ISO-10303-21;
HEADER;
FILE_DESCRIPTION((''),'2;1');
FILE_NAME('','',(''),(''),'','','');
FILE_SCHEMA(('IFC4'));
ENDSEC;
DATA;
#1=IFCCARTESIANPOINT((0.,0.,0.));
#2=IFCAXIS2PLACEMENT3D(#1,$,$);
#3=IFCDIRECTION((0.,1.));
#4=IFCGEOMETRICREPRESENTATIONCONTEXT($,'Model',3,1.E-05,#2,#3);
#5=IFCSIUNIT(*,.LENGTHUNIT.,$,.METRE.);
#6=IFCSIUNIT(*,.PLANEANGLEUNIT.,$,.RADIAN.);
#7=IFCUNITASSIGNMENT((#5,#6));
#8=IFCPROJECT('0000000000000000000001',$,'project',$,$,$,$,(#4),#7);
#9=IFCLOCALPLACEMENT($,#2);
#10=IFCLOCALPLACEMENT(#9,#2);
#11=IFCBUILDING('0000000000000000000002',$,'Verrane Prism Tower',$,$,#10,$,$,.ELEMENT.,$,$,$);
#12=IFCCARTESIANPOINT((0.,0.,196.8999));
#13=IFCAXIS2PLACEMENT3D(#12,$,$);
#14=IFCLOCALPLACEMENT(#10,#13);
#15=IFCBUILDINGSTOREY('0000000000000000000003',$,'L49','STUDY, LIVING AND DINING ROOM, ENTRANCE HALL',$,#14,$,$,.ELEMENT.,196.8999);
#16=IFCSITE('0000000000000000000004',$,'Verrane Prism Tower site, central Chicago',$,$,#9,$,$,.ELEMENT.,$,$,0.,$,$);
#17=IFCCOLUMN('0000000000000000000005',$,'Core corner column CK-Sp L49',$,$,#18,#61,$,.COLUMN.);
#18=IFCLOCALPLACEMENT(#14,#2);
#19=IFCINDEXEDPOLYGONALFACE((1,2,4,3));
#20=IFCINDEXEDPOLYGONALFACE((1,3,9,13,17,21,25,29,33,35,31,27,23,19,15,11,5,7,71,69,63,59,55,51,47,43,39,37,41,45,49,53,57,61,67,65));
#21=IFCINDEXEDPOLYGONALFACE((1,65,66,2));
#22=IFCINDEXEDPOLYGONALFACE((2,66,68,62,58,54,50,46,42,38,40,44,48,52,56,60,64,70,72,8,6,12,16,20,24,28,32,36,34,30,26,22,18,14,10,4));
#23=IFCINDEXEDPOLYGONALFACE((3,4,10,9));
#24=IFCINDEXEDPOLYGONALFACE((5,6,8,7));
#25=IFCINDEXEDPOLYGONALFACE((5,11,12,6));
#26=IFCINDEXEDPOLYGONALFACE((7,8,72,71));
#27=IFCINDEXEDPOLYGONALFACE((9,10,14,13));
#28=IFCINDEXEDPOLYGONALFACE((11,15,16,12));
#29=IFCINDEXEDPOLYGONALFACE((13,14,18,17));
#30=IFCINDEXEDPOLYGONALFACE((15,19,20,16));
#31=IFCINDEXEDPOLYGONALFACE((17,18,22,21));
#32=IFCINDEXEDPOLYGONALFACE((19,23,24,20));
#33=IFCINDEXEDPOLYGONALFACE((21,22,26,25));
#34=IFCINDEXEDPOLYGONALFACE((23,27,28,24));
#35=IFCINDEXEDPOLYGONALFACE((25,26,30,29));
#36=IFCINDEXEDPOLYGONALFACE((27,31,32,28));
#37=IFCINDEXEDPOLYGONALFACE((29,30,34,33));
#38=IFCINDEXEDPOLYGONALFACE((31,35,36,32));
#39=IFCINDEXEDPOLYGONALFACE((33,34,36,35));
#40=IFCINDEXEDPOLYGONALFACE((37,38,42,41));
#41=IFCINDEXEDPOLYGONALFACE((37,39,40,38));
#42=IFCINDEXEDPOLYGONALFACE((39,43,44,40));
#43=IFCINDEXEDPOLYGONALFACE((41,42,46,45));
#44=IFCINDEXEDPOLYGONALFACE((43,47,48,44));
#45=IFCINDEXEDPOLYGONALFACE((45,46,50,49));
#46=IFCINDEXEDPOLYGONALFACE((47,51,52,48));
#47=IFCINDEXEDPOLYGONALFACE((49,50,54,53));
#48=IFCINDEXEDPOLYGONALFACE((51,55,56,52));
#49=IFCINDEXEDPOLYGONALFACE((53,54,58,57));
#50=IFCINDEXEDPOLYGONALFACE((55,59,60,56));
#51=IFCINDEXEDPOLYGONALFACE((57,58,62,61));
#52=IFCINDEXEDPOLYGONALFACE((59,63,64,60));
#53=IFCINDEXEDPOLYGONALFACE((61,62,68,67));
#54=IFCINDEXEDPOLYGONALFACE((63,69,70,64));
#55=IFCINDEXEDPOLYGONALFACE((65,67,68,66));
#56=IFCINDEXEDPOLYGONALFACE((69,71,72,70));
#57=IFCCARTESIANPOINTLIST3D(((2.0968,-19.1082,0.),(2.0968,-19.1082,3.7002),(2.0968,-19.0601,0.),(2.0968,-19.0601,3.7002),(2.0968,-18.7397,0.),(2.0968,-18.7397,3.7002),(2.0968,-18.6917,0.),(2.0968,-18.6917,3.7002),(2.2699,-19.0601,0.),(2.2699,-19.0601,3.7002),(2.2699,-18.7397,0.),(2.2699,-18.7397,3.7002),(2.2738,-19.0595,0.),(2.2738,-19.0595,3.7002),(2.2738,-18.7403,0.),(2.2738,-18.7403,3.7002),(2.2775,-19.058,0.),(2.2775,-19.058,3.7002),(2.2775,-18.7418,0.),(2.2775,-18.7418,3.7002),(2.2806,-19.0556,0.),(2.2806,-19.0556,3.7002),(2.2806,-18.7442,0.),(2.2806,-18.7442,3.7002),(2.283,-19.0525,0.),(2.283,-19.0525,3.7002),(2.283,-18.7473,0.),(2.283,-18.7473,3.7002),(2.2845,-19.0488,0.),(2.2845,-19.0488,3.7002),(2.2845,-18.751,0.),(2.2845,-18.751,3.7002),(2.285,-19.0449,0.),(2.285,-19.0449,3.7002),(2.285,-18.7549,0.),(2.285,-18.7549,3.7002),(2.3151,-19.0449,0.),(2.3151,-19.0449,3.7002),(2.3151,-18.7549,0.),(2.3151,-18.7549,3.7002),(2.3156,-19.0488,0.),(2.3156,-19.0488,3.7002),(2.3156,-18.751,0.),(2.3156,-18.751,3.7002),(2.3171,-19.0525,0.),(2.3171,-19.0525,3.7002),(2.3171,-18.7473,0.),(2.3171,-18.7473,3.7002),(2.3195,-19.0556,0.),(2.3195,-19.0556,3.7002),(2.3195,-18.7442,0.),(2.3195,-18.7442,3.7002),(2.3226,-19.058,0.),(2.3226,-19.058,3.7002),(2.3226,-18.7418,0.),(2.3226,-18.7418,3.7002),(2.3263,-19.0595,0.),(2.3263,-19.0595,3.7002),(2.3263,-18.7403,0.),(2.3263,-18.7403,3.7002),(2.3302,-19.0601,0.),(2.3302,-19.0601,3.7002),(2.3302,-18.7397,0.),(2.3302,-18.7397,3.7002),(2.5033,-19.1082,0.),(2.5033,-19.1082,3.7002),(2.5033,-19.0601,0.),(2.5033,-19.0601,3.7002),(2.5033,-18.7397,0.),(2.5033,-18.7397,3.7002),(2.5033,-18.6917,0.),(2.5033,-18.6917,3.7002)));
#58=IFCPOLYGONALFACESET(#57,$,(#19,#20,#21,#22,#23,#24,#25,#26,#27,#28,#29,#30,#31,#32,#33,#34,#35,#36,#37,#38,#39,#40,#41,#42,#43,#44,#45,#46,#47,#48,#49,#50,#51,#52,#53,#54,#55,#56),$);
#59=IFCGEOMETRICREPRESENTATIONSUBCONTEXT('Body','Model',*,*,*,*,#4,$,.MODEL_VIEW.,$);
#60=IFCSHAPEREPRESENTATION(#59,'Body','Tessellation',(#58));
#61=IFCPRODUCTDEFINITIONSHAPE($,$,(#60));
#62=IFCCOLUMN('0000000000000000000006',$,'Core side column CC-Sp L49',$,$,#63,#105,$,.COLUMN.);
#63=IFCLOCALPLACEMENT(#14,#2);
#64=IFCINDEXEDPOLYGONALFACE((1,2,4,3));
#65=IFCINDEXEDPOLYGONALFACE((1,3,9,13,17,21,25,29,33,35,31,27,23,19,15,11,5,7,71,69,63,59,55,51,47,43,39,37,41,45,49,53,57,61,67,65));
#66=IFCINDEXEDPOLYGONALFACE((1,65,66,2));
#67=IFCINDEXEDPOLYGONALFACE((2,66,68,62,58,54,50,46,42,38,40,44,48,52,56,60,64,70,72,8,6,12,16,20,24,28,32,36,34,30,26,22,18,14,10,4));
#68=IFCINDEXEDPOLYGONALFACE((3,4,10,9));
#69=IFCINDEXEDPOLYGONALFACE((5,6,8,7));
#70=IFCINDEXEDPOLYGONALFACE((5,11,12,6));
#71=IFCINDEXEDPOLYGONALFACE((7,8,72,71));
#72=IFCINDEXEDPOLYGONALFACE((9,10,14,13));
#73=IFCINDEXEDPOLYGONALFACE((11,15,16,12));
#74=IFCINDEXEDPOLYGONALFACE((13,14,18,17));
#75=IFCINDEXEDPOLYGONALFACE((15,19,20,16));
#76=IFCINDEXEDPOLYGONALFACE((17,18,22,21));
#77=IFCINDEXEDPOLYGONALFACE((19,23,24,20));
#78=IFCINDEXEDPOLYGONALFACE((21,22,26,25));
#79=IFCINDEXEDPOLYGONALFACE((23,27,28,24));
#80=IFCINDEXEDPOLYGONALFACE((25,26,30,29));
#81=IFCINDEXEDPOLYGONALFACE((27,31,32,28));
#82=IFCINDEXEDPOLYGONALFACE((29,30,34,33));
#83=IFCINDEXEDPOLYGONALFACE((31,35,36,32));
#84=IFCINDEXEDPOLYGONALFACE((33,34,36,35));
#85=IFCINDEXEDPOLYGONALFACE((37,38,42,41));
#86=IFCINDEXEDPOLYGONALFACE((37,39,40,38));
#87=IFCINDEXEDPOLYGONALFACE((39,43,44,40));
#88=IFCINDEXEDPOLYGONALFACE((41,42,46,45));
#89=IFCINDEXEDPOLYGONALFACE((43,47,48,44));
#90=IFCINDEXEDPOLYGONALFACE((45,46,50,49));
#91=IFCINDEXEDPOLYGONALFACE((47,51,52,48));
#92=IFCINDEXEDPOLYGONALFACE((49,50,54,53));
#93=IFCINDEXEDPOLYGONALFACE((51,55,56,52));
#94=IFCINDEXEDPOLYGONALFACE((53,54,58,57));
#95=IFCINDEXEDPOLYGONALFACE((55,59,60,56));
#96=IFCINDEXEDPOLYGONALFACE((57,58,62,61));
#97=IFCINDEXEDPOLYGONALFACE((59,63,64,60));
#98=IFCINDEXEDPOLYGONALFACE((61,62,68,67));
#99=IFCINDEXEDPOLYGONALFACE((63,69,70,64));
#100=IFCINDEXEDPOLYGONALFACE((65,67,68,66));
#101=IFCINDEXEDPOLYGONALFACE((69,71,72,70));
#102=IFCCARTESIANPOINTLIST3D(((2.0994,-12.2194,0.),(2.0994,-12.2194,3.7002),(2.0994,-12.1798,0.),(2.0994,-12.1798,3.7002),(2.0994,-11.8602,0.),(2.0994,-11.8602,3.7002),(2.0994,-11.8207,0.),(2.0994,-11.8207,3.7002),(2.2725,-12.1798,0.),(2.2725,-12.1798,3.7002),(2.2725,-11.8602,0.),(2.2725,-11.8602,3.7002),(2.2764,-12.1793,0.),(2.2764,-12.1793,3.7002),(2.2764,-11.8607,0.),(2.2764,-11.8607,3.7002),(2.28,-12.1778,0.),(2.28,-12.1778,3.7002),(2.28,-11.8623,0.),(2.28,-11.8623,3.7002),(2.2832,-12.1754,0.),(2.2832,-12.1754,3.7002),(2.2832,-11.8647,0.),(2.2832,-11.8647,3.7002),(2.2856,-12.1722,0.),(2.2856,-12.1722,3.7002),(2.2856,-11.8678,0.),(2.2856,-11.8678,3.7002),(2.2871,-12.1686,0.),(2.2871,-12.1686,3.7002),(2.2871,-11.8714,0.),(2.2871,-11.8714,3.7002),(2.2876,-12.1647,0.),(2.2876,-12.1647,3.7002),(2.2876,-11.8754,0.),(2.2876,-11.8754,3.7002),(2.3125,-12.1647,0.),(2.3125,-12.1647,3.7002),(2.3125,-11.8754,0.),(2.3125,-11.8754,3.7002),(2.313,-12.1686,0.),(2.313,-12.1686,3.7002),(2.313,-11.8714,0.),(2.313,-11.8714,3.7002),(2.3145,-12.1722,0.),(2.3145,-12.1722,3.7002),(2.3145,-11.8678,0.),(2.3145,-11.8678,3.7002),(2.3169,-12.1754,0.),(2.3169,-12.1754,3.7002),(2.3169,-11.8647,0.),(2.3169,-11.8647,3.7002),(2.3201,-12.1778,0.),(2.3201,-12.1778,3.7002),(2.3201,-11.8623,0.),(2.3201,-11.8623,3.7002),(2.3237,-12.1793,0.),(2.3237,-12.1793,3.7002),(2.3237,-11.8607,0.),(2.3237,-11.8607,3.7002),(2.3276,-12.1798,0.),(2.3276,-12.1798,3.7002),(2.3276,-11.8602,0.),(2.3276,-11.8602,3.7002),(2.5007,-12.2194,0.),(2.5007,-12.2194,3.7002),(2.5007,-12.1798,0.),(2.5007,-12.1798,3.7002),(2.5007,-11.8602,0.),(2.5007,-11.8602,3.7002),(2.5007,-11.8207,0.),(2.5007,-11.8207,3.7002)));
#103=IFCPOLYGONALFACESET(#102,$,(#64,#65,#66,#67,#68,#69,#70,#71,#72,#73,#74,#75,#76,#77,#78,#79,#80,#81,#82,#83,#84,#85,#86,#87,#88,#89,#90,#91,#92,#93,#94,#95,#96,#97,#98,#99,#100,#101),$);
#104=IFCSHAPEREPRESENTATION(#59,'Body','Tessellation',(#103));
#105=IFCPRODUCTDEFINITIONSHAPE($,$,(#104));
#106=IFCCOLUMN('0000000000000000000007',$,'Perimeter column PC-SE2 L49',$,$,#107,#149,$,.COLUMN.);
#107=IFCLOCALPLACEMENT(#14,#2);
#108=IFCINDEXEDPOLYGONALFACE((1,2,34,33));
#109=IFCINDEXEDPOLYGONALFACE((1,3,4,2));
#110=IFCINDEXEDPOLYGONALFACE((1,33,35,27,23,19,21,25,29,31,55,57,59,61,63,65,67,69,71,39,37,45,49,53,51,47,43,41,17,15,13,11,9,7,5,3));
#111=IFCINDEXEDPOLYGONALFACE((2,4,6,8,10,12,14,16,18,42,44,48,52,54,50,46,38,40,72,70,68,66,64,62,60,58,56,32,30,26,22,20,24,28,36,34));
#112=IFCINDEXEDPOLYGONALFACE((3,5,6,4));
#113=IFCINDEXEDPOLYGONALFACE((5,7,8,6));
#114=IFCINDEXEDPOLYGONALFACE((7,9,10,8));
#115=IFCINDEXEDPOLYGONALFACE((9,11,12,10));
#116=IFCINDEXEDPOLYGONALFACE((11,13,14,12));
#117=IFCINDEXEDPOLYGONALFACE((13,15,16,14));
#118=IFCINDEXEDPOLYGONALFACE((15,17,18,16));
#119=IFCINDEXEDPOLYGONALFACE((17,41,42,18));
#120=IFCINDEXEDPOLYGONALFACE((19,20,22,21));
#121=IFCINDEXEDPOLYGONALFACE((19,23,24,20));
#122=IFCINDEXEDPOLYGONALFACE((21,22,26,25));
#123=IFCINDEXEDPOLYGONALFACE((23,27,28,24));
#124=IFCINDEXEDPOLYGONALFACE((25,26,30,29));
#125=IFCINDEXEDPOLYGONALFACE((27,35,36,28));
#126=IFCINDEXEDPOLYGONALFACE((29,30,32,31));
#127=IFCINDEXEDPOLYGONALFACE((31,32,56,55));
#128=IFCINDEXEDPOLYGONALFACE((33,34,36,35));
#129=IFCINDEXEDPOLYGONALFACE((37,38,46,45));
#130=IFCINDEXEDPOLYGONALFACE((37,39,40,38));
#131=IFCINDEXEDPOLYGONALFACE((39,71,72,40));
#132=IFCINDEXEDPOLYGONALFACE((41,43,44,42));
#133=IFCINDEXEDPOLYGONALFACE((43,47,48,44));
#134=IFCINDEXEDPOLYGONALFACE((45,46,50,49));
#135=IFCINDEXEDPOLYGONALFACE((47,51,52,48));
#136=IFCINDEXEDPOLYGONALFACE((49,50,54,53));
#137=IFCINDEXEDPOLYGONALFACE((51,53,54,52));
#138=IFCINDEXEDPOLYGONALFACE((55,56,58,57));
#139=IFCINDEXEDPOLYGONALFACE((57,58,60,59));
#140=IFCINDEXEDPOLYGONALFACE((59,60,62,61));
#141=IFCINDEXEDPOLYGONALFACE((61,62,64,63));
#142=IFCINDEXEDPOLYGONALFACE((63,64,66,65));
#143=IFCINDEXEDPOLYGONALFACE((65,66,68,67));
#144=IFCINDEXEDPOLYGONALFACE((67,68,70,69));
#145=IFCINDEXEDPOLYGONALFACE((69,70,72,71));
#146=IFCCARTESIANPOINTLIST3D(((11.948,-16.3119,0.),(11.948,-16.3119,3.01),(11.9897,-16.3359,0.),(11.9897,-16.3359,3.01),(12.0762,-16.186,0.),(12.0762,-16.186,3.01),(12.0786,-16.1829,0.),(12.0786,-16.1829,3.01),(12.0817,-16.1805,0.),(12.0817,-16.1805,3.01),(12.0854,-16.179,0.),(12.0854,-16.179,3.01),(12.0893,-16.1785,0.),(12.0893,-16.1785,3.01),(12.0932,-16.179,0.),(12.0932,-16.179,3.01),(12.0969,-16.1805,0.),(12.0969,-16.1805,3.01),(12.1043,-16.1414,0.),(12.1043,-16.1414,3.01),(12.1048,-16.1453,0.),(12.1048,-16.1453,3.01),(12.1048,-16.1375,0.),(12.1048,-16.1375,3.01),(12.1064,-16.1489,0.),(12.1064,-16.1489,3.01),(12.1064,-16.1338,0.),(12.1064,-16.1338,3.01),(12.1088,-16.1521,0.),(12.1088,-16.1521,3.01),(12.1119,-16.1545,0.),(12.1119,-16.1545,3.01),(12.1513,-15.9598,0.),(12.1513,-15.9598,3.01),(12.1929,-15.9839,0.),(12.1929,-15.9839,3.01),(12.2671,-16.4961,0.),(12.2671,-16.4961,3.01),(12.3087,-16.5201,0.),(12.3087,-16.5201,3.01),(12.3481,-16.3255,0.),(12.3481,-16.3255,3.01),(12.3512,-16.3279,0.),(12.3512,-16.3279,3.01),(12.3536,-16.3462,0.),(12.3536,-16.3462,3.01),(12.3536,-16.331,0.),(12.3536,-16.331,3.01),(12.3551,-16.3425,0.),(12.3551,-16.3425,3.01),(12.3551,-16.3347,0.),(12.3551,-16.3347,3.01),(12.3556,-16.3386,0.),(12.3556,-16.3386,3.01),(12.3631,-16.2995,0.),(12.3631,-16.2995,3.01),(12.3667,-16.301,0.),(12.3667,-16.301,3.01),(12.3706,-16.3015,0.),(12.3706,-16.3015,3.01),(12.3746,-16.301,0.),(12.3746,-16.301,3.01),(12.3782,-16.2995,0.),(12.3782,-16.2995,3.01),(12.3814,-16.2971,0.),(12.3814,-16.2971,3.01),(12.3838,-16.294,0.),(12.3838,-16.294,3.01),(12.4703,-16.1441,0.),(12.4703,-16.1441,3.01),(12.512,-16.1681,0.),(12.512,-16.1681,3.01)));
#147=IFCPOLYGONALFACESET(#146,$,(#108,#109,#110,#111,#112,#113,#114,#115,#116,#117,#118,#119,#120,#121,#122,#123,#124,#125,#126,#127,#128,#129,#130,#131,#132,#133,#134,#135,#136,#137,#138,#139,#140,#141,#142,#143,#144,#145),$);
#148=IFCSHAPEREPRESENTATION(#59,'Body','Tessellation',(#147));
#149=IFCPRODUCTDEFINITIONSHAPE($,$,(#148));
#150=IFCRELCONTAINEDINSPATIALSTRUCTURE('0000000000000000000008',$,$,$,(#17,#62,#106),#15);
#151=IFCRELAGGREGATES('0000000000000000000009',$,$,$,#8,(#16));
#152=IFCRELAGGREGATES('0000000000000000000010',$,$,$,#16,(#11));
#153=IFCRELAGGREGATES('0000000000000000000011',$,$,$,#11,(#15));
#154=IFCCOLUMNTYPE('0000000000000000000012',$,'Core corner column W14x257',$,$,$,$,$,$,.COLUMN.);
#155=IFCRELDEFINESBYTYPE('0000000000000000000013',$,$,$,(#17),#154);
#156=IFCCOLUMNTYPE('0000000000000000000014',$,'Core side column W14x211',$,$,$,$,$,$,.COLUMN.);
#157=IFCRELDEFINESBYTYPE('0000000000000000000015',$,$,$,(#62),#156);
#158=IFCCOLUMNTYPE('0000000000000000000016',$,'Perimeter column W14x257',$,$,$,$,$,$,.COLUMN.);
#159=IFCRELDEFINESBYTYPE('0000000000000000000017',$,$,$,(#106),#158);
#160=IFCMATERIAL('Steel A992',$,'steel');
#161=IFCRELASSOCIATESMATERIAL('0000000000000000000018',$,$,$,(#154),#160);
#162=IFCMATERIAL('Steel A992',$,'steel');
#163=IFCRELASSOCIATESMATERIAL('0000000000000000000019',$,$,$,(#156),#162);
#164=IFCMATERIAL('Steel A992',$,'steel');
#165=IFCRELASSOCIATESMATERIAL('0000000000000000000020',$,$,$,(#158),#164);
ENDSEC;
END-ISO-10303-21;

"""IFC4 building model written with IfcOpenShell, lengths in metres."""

from ifc_helpers import new_model, si_unit, direction, frame, origin, origin_2d, place, context, subcontext, project, spatial, i_section, extrude, material, material_profile, profile_set, type_object, element, save


model = new_model("IFC4")

# Units and contexts
model_context = context("Model", 3, precision=1e-05, world=origin(), true_north=direction((0.0, 1.0)))
body_context = subcontext(model_context, "Body", "Model", "MODEL_VIEW")
ifc_project = project(units=[si_unit("LENGTHUNIT", "METRE"), si_unit("PLANEANGLEUNIT", "RADIAN")], contexts=[model_context])

# Site, building, storey
site_placement = place(None, origin())
site = spatial("IfcSite", under=ifc_project, at=site_placement, Name="Verrane Prism Tower site, central Chicago", CompositionType="ELEMENT", RefElevation=0.0)
building_placement = place(site_placement, origin())
building = spatial("IfcBuilding", under=site, at=building_placement, Name="Verrane Prism Tower", CompositionType="ELEMENT")
storey_placement = place(building_placement, frame((0.0, 0.0, 196.8999)))
storey = spatial("IfcBuildingStorey", under=building, at=storey_placement, Name="L49", Description="STUDY, LIVING AND DINING ROOM, ENTRANCE HALL", CompositionType="ELEMENT", Elevation=196.8999)

# Columns
ifc_material_1 = material(Name="Steel A992", Category="steel")
ifc_material_profile_1 = material_profile(ifc_material_1, i_section(OverallWidth=0.4065, OverallDepth=0.4165, WebThickness=0.03, FlangeThickness=0.0481, FilletRadius=0.0151, at=origin_2d()), Name="W14x257")
ifc_profile_set_1 = profile_set([ifc_material_profile_1], Name="Steel A992")
column_type_1 = type_object("IfcColumnType", Name="Core corner column W14x257", PredefinedType="COLUMN", material=ifc_profile_set_1)
column_1_placement = place(storey_placement, frame((2.3, -18.8999, 0.0), z_axis=(0.0, 0.0, 1.0), x_axis=(-1.0, 0.0, 0.0)))
element("IfcColumn", 1, at=column_1_placement, inside=storey, type_object=column_type_1, Name="Core corner column CK-Sp L49", PredefinedType="COLUMN", context=body_context, shape_type="SweptSolid", body=[
    extrude(i_section(OverallWidth=0.4065, OverallDepth=0.4165, WebThickness=0.03, FlangeThickness=0.0481, FilletRadius=0.0151, at=origin_2d()), origin(), (0.0, 0.0, 1.0), 3.7002),
])
ifc_material_2 = material(Name="Steel A992", Category="steel")
ifc_material_profile_2 = material_profile(ifc_material_2, i_section(OverallWidth=0.4014, OverallDepth=0.3987, WebThickness=0.0249, FlangeThickness=0.0396, FilletRadius=0.0151, at=origin_2d()), Name="W14x211")
ifc_profile_set_2 = profile_set([ifc_material_profile_2], Name="Steel A992")
column_type_2 = type_object("IfcColumnType", Name="Core side column W14x211", PredefinedType="COLUMN", material=ifc_profile_set_2)
column_2_placement = place(storey_placement, frame((2.3, -12.02, 0.0), z_axis=(0.0, 0.0, 1.0), x_axis=(1.0, 0.0, 0.0)))
element("IfcColumn", 2, at=column_2_placement, inside=storey, type_object=column_type_2, Name="Core side column CC-Sp L49", PredefinedType="COLUMN", context=body_context, shape_type="SweptSolid", body=[
    extrude(i_section(OverallWidth=0.4014, OverallDepth=0.3987, WebThickness=0.0249, FlangeThickness=0.0396, FilletRadius=0.0151, at=origin_2d()), origin(), (0.0, 0.0, 1.0), 3.7002),
])
ifc_material_3 = material(Name="Steel A992", Category="steel")
ifc_material_profile_3 = material_profile(ifc_material_3, i_section(OverallWidth=0.4065, OverallDepth=0.4165, WebThickness=0.03, FlangeThickness=0.0481, FilletRadius=0.0151, at=origin_2d()), Name="W14x257")
ifc_profile_set_3 = profile_set([ifc_material_profile_3], Name="Steel A992")
column_type_3 = type_object("IfcColumnType", Name="Perimeter column W14x257", PredefinedType="COLUMN", material=ifc_profile_set_3)
column_3_placement = place(storey_placement, frame((12.23, -16.24, 0.0), z_axis=(0.0, 0.0, 1.0), x_axis=(-0.5, -0.866025, 0.0)))
element("IfcColumn", 3, at=column_3_placement, inside=storey, type_object=column_type_3, Name="Perimeter column PC-SE2 L49", PredefinedType="COLUMN", context=body_context, shape_type="SweptSolid", body=[
    extrude(i_section(OverallWidth=0.4065, OverallDepth=0.4165, WebThickness=0.03, FlangeThickness=0.0481, FilletRadius=0.0151, at=origin_2d()), origin(), (0.0, 0.0, 1.0), 3.01),
])

save(model, "model.ifc")
